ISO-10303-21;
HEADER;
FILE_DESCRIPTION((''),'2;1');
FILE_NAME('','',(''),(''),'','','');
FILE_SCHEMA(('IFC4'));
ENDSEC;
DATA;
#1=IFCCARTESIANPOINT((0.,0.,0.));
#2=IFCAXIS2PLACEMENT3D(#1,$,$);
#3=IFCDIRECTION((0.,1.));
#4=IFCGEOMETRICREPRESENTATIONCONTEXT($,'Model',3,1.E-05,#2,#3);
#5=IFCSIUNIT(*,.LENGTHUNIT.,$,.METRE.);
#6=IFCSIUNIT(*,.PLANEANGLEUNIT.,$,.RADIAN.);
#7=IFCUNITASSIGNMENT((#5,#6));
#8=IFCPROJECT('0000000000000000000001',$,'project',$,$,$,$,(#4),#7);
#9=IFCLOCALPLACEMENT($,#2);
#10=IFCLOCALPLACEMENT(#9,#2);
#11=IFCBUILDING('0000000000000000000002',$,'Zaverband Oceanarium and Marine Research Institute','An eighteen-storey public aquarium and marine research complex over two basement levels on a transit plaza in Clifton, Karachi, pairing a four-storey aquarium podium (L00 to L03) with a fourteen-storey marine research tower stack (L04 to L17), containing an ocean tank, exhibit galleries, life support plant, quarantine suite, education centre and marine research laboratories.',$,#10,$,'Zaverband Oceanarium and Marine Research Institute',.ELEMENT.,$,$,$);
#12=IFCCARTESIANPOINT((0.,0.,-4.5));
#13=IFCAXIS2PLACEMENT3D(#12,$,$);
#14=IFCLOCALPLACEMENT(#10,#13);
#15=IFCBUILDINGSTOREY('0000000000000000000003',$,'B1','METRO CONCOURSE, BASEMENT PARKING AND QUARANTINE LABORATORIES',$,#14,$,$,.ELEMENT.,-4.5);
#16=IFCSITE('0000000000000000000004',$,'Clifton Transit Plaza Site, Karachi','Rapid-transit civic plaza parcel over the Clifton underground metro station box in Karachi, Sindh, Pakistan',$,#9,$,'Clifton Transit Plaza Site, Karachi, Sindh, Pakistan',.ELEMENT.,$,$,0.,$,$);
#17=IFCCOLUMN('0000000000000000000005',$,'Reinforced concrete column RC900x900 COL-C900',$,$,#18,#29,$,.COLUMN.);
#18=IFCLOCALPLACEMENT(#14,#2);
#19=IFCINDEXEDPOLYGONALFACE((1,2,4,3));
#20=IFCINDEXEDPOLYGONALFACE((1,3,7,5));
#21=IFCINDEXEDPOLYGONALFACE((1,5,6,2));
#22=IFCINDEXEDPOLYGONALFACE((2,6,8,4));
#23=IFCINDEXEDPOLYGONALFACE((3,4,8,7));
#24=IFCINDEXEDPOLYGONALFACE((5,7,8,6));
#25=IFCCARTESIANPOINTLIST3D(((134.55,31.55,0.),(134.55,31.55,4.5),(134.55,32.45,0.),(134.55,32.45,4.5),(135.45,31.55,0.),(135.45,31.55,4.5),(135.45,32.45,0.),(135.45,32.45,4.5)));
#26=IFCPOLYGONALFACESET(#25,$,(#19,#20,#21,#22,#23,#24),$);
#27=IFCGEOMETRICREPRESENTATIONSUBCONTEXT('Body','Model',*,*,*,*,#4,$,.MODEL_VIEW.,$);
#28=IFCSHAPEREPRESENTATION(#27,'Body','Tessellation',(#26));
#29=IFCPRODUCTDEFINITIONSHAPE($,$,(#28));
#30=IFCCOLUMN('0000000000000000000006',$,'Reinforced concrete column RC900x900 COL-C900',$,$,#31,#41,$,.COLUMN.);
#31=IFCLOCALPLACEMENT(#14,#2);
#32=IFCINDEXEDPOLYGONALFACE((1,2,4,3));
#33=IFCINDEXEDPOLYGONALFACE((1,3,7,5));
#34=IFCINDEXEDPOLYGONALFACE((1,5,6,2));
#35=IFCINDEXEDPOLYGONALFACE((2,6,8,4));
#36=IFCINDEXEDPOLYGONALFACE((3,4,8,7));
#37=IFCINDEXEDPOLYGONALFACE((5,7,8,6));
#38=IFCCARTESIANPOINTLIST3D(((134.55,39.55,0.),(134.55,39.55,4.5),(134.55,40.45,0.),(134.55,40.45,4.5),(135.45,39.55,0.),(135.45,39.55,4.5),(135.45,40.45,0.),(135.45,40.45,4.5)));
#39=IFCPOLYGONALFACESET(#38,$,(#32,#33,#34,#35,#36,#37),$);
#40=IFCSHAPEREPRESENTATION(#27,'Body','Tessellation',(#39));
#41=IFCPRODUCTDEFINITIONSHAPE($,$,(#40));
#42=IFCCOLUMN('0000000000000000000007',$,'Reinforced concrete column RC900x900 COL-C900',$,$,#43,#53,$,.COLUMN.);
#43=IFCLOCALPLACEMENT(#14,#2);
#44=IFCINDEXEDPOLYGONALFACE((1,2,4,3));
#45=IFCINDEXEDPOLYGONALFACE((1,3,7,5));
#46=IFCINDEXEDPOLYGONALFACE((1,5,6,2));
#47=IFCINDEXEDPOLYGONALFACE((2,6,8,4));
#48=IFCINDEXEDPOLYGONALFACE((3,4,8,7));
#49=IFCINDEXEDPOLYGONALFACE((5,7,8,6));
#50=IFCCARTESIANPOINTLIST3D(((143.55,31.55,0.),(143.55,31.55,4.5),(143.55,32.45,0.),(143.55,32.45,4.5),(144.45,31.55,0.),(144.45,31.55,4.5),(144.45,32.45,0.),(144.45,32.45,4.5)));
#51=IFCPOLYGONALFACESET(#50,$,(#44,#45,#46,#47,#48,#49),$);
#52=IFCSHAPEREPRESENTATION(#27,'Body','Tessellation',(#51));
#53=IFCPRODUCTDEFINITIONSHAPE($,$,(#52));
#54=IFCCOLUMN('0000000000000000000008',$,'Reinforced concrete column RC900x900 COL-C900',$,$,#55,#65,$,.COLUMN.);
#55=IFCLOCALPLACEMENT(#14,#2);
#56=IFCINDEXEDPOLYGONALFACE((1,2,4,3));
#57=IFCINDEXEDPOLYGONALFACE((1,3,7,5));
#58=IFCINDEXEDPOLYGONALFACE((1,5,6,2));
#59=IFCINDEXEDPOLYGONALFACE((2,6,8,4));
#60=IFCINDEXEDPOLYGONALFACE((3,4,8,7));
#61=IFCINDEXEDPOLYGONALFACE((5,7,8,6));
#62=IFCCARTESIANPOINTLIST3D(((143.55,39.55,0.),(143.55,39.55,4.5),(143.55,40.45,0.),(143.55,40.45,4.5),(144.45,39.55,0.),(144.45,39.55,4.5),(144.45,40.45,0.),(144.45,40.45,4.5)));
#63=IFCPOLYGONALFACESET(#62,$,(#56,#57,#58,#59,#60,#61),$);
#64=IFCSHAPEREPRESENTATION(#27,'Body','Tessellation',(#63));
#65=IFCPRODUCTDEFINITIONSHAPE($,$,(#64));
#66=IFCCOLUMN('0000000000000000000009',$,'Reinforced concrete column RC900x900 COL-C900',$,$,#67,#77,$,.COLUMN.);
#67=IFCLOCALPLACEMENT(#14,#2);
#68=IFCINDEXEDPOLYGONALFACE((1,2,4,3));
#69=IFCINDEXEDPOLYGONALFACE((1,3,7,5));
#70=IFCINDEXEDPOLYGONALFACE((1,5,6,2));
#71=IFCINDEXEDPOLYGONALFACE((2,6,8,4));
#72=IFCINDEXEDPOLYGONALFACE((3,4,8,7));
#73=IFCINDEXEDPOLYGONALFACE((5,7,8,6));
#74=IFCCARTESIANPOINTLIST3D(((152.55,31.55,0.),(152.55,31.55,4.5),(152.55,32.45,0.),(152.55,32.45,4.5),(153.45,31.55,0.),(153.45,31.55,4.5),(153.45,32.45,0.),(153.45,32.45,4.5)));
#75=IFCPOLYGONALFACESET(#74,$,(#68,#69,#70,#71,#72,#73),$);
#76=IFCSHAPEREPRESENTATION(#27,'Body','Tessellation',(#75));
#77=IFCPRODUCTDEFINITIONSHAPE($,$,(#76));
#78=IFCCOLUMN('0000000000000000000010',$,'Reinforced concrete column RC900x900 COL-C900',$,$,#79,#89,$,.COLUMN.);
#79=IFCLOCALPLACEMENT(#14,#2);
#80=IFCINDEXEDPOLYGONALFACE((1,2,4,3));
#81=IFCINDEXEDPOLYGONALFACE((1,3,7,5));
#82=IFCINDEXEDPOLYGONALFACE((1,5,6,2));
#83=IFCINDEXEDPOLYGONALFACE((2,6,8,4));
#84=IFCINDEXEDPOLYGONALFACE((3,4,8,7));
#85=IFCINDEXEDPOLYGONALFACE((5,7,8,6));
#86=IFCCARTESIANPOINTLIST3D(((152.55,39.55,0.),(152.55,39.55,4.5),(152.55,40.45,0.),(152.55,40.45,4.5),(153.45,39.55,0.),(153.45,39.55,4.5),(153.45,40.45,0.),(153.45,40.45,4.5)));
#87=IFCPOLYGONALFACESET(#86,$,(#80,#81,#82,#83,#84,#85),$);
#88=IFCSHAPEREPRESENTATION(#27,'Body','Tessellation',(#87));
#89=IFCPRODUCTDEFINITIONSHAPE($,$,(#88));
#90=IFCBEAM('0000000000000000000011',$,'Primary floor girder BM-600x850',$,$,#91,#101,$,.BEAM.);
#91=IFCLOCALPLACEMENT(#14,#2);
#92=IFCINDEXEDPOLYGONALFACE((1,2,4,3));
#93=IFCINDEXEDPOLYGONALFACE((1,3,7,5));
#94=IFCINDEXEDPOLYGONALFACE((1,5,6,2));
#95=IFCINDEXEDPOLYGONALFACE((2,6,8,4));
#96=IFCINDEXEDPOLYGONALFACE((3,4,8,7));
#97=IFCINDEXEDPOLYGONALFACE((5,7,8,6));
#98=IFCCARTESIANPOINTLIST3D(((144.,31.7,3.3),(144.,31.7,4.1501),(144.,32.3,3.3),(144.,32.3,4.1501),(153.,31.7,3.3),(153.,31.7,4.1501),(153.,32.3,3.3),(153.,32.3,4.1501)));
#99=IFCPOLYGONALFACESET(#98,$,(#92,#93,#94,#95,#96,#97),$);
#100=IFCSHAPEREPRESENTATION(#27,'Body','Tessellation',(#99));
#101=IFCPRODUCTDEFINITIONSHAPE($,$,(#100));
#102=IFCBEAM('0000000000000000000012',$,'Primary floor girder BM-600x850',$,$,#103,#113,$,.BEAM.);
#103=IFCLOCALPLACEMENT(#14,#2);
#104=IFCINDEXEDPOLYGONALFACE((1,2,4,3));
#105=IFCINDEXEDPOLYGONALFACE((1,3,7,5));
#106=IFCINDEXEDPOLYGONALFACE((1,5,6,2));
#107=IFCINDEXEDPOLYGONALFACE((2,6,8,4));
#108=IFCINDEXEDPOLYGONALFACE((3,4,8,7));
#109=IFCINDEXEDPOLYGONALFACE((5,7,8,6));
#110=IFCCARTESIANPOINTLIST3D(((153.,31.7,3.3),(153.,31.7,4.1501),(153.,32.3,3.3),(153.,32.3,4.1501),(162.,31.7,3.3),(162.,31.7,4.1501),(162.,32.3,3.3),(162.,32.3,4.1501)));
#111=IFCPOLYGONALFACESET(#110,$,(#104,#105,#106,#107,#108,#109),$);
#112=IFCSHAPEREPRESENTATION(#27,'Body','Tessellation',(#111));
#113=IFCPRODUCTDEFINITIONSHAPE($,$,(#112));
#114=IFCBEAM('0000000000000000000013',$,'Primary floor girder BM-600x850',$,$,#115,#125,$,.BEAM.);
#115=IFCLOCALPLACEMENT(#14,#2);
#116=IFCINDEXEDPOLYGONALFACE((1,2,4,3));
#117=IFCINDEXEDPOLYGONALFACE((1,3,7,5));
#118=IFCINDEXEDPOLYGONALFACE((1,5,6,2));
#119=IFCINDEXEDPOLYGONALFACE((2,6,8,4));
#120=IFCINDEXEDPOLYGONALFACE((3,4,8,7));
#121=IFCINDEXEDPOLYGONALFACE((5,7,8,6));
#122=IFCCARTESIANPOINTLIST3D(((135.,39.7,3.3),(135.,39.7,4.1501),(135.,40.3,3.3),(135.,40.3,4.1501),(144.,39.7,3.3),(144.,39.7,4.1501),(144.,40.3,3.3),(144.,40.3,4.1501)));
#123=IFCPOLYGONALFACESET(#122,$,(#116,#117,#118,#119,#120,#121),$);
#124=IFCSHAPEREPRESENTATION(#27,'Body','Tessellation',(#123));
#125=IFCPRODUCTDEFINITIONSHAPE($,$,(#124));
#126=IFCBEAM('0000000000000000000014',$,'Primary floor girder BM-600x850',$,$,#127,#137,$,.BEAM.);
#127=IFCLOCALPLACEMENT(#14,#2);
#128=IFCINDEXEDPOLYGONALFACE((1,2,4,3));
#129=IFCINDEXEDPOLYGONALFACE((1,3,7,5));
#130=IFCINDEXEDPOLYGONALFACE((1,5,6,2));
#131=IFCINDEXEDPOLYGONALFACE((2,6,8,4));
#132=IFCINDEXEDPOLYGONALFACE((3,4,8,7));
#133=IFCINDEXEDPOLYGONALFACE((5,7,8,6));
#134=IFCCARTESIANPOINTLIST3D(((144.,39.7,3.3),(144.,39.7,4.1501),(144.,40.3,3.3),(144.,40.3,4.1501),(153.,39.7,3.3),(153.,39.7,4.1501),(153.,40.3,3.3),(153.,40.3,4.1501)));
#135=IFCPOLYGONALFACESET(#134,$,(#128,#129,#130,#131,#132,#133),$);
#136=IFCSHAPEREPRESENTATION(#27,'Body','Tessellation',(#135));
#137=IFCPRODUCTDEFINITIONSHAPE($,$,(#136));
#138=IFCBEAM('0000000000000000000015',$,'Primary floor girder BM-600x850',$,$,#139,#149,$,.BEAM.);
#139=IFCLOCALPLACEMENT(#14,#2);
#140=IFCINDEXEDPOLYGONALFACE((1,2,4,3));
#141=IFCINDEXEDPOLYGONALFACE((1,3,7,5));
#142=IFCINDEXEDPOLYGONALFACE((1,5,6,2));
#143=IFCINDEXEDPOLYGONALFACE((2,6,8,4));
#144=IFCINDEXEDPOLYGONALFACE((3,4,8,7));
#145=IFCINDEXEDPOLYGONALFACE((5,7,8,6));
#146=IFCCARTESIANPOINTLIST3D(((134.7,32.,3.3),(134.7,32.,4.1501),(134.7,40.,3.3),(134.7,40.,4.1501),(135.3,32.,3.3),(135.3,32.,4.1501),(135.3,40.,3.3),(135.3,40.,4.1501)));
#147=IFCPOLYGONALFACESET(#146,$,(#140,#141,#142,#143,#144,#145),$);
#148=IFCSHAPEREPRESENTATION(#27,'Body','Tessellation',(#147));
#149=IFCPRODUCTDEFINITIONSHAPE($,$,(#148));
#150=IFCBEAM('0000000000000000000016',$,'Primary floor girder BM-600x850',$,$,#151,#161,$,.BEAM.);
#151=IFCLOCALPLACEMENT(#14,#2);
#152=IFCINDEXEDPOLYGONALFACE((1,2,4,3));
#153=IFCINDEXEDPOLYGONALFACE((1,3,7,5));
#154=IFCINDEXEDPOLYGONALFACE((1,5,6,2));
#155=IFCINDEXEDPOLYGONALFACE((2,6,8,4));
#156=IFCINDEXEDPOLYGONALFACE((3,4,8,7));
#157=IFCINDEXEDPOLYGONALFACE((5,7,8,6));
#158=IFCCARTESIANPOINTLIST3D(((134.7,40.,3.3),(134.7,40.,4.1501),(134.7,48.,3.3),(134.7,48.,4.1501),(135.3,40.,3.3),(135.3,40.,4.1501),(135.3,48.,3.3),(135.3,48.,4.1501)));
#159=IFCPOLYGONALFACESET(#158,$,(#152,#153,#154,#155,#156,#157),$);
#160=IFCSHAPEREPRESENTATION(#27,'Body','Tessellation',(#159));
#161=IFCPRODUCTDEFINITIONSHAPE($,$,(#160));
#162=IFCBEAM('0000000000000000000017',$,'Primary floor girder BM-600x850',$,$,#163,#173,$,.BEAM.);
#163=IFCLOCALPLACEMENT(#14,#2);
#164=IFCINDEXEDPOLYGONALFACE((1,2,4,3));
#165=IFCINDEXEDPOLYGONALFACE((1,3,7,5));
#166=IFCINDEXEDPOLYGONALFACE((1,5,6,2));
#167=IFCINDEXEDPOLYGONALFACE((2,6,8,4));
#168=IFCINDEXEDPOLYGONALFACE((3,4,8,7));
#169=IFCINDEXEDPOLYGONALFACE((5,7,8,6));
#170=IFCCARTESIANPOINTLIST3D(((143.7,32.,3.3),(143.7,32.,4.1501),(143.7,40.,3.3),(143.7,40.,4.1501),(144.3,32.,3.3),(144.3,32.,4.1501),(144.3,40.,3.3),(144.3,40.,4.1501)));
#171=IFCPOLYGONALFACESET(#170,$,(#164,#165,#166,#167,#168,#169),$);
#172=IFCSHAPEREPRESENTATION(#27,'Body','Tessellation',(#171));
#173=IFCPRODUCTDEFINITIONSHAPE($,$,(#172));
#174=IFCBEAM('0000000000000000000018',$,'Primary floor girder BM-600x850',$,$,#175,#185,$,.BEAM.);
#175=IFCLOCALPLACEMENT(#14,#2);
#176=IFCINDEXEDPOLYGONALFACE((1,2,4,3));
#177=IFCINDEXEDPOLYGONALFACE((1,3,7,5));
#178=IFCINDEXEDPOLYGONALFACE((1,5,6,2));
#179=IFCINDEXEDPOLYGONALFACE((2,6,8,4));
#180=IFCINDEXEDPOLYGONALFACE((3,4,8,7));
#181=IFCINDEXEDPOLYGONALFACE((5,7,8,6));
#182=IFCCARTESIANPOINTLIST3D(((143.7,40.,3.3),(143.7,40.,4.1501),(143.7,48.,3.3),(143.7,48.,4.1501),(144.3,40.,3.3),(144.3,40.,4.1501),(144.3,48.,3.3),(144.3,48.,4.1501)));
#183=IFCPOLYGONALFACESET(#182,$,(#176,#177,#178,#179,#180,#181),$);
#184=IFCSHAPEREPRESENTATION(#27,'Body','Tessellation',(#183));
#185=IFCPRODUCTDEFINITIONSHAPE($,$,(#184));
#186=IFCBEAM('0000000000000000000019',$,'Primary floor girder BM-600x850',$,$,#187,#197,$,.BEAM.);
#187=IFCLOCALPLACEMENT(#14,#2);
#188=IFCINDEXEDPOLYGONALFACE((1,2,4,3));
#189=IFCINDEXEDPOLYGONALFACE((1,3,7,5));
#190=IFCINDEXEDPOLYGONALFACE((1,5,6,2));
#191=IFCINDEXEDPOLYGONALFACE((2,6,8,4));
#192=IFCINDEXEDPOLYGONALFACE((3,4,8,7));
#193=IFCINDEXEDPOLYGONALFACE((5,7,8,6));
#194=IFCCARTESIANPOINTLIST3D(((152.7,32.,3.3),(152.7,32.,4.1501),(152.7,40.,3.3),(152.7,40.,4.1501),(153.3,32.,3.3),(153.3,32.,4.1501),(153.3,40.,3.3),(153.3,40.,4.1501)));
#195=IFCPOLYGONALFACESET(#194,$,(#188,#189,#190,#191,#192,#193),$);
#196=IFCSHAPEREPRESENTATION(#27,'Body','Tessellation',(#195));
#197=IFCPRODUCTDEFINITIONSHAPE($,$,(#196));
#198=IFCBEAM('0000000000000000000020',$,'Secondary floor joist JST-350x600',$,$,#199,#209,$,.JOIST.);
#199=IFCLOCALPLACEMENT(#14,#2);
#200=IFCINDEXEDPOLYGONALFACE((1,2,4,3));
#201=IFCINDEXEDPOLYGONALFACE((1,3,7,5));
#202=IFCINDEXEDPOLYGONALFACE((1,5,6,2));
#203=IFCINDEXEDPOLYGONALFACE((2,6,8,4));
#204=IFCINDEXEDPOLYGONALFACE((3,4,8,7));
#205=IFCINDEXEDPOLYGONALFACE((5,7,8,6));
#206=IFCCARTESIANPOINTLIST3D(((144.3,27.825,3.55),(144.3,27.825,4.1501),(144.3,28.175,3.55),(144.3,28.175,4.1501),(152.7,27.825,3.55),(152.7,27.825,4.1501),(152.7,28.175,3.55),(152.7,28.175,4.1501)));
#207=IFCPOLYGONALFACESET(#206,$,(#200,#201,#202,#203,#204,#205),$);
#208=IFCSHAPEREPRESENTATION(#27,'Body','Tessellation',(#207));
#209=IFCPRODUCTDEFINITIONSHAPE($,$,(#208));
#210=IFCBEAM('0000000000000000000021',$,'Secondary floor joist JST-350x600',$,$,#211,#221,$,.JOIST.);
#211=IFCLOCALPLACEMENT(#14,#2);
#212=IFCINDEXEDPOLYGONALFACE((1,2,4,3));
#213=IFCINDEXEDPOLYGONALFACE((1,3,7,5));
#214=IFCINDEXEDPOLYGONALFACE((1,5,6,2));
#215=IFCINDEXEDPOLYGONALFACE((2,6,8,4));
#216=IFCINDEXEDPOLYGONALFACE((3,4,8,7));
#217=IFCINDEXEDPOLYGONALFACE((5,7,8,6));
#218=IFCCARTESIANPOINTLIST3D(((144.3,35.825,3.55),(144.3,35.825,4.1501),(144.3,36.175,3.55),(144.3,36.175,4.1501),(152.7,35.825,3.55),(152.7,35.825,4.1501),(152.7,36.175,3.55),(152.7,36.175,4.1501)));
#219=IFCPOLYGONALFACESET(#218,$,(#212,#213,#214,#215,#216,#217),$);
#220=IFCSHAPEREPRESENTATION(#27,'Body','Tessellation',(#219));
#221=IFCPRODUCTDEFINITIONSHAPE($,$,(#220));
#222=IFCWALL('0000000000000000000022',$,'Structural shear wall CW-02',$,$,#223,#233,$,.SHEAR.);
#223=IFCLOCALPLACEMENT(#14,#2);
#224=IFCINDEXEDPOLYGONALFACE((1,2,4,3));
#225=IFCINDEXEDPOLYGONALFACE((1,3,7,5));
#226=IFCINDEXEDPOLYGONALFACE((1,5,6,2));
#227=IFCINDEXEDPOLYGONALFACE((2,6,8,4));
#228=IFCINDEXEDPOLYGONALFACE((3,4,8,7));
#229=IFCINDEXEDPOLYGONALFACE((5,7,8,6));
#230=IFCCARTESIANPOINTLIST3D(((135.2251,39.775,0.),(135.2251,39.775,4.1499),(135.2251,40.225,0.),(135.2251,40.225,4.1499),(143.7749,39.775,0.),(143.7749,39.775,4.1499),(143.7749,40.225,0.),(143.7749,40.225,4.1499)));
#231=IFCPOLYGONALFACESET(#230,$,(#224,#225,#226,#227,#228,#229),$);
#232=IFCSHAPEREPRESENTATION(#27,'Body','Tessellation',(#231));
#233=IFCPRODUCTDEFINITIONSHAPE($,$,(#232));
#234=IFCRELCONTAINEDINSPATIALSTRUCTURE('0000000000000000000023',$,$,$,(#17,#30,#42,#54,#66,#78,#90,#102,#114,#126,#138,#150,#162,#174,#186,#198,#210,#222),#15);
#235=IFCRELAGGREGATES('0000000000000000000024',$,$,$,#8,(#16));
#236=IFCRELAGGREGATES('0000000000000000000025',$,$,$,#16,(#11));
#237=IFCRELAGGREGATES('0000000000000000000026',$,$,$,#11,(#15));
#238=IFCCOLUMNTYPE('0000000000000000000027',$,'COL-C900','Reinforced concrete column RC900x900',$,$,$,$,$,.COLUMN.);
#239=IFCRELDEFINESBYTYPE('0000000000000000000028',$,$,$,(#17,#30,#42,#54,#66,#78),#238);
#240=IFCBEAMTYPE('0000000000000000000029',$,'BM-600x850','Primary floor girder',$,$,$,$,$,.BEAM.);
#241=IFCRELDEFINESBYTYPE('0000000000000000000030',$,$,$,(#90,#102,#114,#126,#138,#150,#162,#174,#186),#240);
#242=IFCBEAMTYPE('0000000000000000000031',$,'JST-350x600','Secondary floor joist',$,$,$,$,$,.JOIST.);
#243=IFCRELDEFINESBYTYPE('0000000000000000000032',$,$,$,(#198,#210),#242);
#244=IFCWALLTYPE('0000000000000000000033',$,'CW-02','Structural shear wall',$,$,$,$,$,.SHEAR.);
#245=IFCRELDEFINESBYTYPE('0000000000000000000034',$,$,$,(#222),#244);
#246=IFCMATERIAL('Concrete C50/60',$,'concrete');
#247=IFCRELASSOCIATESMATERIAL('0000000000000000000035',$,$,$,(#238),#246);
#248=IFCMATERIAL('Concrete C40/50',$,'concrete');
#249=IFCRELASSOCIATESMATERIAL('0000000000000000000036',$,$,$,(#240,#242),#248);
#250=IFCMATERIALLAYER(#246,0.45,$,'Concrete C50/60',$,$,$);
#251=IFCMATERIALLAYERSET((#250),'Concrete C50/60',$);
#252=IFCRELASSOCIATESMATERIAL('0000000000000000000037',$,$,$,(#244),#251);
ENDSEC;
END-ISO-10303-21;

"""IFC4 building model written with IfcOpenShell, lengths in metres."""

from ifc_helpers import new_model, si_unit, direction, frame, frame_2d, origin, origin_2d, place, context, subcontext, project, spatial, rectangle, extrude, material, layer, layer_set, material_profile, profile_set, type_object, element, save


model = new_model("IFC4")

# Units and contexts
model_context = context("Model", 3, precision=1e-05, world=origin(), true_north=direction((0.0, 1.0)))
body_context = subcontext(model_context, "Body", "Model", "MODEL_VIEW")
ifc_project = project(units=[si_unit("LENGTHUNIT", "METRE"), si_unit("PLANEANGLEUNIT", "RADIAN")], contexts=[model_context])

# Site, building, storey
site_placement = place(None, origin())
site = spatial("IfcSite", under=ifc_project, at=site_placement, Name="Clifton Transit Plaza Site, Karachi", Description="Rapid-transit civic plaza parcel over the Clifton underground metro station box in Karachi, Sindh, Pakistan", LongName="Clifton Transit Plaza Site, Karachi, Sindh, Pakistan", CompositionType="ELEMENT", RefElevation=0.0)
building_placement = place(site_placement, origin())
building = spatial("IfcBuilding", under=site, at=building_placement, Name="Zaverband Oceanarium and Marine Research Institute", Description="An eighteen-storey public aquarium and marine research complex over two basement levels on a transit plaza in Clifton, Karachi, pairing a four-storey aquarium podium (L00 to L03) with a fourteen-storey marine research tower stack (L04 to L17), containing an ocean tank, exhibit galleries, life support plant, quarantine suite, education centre and marine research laboratories.", LongName="Zaverband Oceanarium and Marine Research Institute", CompositionType="ELEMENT")
storey_placement = place(building_placement, frame((0.0, 0.0, -4.5)))
storey = spatial("IfcBuildingStorey", under=building, at=storey_placement, Name="B1", Description="METRO CONCOURSE, BASEMENT PARKING AND QUARANTINE LABORATORIES", CompositionType="ELEMENT", Elevation=-4.5)

# Columns
ifc_material_1 = material(Name="Concrete C50/60", Category="concrete")
ifc_material_profile_1 = material_profile(ifc_material_1, rectangle(XDim=0.8999, YDim=0.8999, at=origin_2d()), Name="RC900x900")
ifc_profile_set_1 = profile_set([ifc_material_profile_1], Name="Concrete C50/60")
column_type = type_object("IfcColumnType", Name="COL-C900", Description="Reinforced concrete column RC900x900", PredefinedType="COLUMN", material=ifc_profile_set_1)
for number, where, z_axis, x_axis, name in (
    (1, (135.0, 32.0, 0.0), (0.0, 0.0, 1.0), (1.0, 0.0, 0.0), "Reinforced concrete column RC900x900 COL-C900"),
    (2, (135.0, 40.0, 0.0), (0.0, 0.0, 1.0), (1.0, 0.0, 0.0), "Reinforced concrete column RC900x900 COL-C900"),
    (3, (144.0, 32.0, 0.0), (0.0, 0.0, 1.0), (1.0, 0.0, 0.0), "Reinforced concrete column RC900x900 COL-C900"),
    (4, (144.0, 40.0, 0.0), (0.0, 0.0, 1.0), (1.0, 0.0, 0.0), "Reinforced concrete column RC900x900 COL-C900"),
    (5, (153.0, 32.0, 0.0), (0.0, 0.0, 1.0), (1.0, 0.0, 0.0), "Reinforced concrete column RC900x900 COL-C900"),
    (6, (153.0, 40.0, 0.0), (0.0, 0.0, 1.0), (1.0, 0.0, 0.0), "Reinforced concrete column RC900x900 COL-C900"),
):
    element("IfcColumn", number, at=place(storey_placement, frame(where, z_axis=z_axis, x_axis=x_axis)), inside=storey, type_object=column_type, Name=name, PredefinedType="COLUMN", context=body_context, shape_type="SweptSolid", body=[
        extrude(rectangle(XDim=0.8999, YDim=0.8999, at=origin_2d()), origin(), (0.0, 0.0, 1.0), 4.5),
    ])

# Beams
ifc_material_2 = material(Name="Concrete C40/50", Category="concrete")
ifc_material_profile_2 = material_profile(ifc_material_2, rectangle(XDim=0.6001, YDim=0.8501, at=origin_2d()), Name="RC600x850")
ifc_profile_set_2 = profile_set([ifc_material_profile_2], Name="Concrete C40/50")
beam_type_1 = type_object("IfcBeamType", Name="BM-600x850", Description="Primary floor girder", PredefinedType="BEAM", material=ifc_profile_set_2)
for number, where, z_axis, x_axis, name in (
    (7, (144.0, 32.0, 3.7251), (1.0, 0.0, 0.0), (0.0, 1.0, 0.0), "Primary floor girder BM-600x850"),
    (8, (153.0, 32.0, 3.7251), (1.0, 0.0, 0.0), (0.0, 1.0, 0.0), "Primary floor girder BM-600x850"),
    (9, (135.0, 40.0, 3.7251), (1.0, 0.0, 0.0), (0.0, 1.0, 0.0), "Primary floor girder BM-600x850"),
    (10, (144.0, 40.0, 3.7251), (1.0, 0.0, 0.0), (0.0, 1.0, 0.0), "Primary floor girder BM-600x850"),
):
    element("IfcBeam", number, at=place(storey_placement, frame(where, z_axis=z_axis, x_axis=x_axis)), inside=storey, type_object=beam_type_1, Name=name, PredefinedType="BEAM", context=body_context, shape_type="SweptSolid", body=[
        extrude(rectangle(XDim=0.6001, YDim=0.8501, at=origin_2d()), origin(), (0.0, 0.0, 1.0), 9.0),
    ])
for number, where, z_axis, x_axis, name in (
    (11, (135.0, 32.0, 3.7251), (0.0, 1.0, 0.0), (-1.0, 0.0, 0.0), "Primary floor girder BM-600x850"),
    (12, (135.0, 40.0, 3.7251), (0.0, 1.0, 0.0), (-1.0, 0.0, 0.0), "Primary floor girder BM-600x850"),
    (13, (144.0, 32.0, 3.7251), (0.0, 1.0, 0.0), (-1.0, 0.0, 0.0), "Primary floor girder BM-600x850"),
    (14, (144.0, 40.0, 3.7251), (0.0, 1.0, 0.0), (-1.0, 0.0, 0.0), "Primary floor girder BM-600x850"),
    (15, (153.0, 32.0, 3.7251), (0.0, 1.0, 0.0), (-1.0, 0.0, 0.0), "Primary floor girder BM-600x850"),
):
    element("IfcBeam", number, at=place(storey_placement, frame(where, z_axis=z_axis, x_axis=x_axis)), inside=storey, type_object=beam_type_1, Name=name, PredefinedType="BEAM", context=body_context, shape_type="SweptSolid", body=[
        extrude(rectangle(XDim=0.6001, YDim=0.8501, at=origin_2d()), origin(), (0.0, 0.0, 1.0), 8.0),
    ])
ifc_material_profile_3 = material_profile(ifc_material_2, rectangle(XDim=0.3501, YDim=0.6001, at=origin_2d()), Name="RC350x600")
ifc_profile_set_3 = profile_set([ifc_material_profile_3], Name="Concrete C40/50")
beam_type_2 = type_object("IfcBeamType", Name="JST-350x600", Description="Secondary floor joist", PredefinedType="JOIST", material=ifc_profile_set_3)
for number, where, z_axis, x_axis, name in (
    (16, (144.3, 28.0, 3.8501), (1.0, 0.0, 0.0), (0.0, 1.0, 0.0), "Secondary floor joist JST-350x600"),
    (17, (144.3, 36.0, 3.8501), (1.0, 0.0, 0.0), (0.0, 1.0, 0.0), "Secondary floor joist JST-350x600"),
):
    element("IfcBeam", number, at=place(storey_placement, frame(where, z_axis=z_axis, x_axis=x_axis)), inside=storey, type_object=beam_type_2, Name=name, PredefinedType="JOIST", context=body_context, shape_type="SweptSolid", body=[
        extrude(rectangle(XDim=0.3501, YDim=0.6001, at=origin_2d()), origin(), (0.0, 0.0, 1.0), 8.3999),
    ])

# Wall
ifc_layer_1 = layer(ifc_material_1, 0.45, Name="Concrete C50/60")
ifc_layer_set_1 = layer_set([ifc_layer_1], Name="Concrete C50/60")
wall_type_1 = type_object("IfcWallType", Name="CW-02", Description="Structural shear wall", PredefinedType="SHEAR", material=ifc_layer_set_1)
wall_1_placement = place(storey_placement, frame((135.2251, 40.0, 0.0), z_axis=(0.0, 0.0, 1.0), x_axis=(1.0, 0.0, 0.0)))
element("IfcWall", 18, at=wall_1_placement, inside=storey, type_object=wall_type_1, Name="Structural shear wall CW-02", PredefinedType="SHEAR", context=body_context, shape_type="SweptSolid", body=[
    extrude(rectangle(XDim=8.5498, YDim=0.45, at=frame_2d((4.2749, 0.0))), origin(), (0.0, 0.0, 1.0), 4.1499),
])

save(model, "model.ifc")
